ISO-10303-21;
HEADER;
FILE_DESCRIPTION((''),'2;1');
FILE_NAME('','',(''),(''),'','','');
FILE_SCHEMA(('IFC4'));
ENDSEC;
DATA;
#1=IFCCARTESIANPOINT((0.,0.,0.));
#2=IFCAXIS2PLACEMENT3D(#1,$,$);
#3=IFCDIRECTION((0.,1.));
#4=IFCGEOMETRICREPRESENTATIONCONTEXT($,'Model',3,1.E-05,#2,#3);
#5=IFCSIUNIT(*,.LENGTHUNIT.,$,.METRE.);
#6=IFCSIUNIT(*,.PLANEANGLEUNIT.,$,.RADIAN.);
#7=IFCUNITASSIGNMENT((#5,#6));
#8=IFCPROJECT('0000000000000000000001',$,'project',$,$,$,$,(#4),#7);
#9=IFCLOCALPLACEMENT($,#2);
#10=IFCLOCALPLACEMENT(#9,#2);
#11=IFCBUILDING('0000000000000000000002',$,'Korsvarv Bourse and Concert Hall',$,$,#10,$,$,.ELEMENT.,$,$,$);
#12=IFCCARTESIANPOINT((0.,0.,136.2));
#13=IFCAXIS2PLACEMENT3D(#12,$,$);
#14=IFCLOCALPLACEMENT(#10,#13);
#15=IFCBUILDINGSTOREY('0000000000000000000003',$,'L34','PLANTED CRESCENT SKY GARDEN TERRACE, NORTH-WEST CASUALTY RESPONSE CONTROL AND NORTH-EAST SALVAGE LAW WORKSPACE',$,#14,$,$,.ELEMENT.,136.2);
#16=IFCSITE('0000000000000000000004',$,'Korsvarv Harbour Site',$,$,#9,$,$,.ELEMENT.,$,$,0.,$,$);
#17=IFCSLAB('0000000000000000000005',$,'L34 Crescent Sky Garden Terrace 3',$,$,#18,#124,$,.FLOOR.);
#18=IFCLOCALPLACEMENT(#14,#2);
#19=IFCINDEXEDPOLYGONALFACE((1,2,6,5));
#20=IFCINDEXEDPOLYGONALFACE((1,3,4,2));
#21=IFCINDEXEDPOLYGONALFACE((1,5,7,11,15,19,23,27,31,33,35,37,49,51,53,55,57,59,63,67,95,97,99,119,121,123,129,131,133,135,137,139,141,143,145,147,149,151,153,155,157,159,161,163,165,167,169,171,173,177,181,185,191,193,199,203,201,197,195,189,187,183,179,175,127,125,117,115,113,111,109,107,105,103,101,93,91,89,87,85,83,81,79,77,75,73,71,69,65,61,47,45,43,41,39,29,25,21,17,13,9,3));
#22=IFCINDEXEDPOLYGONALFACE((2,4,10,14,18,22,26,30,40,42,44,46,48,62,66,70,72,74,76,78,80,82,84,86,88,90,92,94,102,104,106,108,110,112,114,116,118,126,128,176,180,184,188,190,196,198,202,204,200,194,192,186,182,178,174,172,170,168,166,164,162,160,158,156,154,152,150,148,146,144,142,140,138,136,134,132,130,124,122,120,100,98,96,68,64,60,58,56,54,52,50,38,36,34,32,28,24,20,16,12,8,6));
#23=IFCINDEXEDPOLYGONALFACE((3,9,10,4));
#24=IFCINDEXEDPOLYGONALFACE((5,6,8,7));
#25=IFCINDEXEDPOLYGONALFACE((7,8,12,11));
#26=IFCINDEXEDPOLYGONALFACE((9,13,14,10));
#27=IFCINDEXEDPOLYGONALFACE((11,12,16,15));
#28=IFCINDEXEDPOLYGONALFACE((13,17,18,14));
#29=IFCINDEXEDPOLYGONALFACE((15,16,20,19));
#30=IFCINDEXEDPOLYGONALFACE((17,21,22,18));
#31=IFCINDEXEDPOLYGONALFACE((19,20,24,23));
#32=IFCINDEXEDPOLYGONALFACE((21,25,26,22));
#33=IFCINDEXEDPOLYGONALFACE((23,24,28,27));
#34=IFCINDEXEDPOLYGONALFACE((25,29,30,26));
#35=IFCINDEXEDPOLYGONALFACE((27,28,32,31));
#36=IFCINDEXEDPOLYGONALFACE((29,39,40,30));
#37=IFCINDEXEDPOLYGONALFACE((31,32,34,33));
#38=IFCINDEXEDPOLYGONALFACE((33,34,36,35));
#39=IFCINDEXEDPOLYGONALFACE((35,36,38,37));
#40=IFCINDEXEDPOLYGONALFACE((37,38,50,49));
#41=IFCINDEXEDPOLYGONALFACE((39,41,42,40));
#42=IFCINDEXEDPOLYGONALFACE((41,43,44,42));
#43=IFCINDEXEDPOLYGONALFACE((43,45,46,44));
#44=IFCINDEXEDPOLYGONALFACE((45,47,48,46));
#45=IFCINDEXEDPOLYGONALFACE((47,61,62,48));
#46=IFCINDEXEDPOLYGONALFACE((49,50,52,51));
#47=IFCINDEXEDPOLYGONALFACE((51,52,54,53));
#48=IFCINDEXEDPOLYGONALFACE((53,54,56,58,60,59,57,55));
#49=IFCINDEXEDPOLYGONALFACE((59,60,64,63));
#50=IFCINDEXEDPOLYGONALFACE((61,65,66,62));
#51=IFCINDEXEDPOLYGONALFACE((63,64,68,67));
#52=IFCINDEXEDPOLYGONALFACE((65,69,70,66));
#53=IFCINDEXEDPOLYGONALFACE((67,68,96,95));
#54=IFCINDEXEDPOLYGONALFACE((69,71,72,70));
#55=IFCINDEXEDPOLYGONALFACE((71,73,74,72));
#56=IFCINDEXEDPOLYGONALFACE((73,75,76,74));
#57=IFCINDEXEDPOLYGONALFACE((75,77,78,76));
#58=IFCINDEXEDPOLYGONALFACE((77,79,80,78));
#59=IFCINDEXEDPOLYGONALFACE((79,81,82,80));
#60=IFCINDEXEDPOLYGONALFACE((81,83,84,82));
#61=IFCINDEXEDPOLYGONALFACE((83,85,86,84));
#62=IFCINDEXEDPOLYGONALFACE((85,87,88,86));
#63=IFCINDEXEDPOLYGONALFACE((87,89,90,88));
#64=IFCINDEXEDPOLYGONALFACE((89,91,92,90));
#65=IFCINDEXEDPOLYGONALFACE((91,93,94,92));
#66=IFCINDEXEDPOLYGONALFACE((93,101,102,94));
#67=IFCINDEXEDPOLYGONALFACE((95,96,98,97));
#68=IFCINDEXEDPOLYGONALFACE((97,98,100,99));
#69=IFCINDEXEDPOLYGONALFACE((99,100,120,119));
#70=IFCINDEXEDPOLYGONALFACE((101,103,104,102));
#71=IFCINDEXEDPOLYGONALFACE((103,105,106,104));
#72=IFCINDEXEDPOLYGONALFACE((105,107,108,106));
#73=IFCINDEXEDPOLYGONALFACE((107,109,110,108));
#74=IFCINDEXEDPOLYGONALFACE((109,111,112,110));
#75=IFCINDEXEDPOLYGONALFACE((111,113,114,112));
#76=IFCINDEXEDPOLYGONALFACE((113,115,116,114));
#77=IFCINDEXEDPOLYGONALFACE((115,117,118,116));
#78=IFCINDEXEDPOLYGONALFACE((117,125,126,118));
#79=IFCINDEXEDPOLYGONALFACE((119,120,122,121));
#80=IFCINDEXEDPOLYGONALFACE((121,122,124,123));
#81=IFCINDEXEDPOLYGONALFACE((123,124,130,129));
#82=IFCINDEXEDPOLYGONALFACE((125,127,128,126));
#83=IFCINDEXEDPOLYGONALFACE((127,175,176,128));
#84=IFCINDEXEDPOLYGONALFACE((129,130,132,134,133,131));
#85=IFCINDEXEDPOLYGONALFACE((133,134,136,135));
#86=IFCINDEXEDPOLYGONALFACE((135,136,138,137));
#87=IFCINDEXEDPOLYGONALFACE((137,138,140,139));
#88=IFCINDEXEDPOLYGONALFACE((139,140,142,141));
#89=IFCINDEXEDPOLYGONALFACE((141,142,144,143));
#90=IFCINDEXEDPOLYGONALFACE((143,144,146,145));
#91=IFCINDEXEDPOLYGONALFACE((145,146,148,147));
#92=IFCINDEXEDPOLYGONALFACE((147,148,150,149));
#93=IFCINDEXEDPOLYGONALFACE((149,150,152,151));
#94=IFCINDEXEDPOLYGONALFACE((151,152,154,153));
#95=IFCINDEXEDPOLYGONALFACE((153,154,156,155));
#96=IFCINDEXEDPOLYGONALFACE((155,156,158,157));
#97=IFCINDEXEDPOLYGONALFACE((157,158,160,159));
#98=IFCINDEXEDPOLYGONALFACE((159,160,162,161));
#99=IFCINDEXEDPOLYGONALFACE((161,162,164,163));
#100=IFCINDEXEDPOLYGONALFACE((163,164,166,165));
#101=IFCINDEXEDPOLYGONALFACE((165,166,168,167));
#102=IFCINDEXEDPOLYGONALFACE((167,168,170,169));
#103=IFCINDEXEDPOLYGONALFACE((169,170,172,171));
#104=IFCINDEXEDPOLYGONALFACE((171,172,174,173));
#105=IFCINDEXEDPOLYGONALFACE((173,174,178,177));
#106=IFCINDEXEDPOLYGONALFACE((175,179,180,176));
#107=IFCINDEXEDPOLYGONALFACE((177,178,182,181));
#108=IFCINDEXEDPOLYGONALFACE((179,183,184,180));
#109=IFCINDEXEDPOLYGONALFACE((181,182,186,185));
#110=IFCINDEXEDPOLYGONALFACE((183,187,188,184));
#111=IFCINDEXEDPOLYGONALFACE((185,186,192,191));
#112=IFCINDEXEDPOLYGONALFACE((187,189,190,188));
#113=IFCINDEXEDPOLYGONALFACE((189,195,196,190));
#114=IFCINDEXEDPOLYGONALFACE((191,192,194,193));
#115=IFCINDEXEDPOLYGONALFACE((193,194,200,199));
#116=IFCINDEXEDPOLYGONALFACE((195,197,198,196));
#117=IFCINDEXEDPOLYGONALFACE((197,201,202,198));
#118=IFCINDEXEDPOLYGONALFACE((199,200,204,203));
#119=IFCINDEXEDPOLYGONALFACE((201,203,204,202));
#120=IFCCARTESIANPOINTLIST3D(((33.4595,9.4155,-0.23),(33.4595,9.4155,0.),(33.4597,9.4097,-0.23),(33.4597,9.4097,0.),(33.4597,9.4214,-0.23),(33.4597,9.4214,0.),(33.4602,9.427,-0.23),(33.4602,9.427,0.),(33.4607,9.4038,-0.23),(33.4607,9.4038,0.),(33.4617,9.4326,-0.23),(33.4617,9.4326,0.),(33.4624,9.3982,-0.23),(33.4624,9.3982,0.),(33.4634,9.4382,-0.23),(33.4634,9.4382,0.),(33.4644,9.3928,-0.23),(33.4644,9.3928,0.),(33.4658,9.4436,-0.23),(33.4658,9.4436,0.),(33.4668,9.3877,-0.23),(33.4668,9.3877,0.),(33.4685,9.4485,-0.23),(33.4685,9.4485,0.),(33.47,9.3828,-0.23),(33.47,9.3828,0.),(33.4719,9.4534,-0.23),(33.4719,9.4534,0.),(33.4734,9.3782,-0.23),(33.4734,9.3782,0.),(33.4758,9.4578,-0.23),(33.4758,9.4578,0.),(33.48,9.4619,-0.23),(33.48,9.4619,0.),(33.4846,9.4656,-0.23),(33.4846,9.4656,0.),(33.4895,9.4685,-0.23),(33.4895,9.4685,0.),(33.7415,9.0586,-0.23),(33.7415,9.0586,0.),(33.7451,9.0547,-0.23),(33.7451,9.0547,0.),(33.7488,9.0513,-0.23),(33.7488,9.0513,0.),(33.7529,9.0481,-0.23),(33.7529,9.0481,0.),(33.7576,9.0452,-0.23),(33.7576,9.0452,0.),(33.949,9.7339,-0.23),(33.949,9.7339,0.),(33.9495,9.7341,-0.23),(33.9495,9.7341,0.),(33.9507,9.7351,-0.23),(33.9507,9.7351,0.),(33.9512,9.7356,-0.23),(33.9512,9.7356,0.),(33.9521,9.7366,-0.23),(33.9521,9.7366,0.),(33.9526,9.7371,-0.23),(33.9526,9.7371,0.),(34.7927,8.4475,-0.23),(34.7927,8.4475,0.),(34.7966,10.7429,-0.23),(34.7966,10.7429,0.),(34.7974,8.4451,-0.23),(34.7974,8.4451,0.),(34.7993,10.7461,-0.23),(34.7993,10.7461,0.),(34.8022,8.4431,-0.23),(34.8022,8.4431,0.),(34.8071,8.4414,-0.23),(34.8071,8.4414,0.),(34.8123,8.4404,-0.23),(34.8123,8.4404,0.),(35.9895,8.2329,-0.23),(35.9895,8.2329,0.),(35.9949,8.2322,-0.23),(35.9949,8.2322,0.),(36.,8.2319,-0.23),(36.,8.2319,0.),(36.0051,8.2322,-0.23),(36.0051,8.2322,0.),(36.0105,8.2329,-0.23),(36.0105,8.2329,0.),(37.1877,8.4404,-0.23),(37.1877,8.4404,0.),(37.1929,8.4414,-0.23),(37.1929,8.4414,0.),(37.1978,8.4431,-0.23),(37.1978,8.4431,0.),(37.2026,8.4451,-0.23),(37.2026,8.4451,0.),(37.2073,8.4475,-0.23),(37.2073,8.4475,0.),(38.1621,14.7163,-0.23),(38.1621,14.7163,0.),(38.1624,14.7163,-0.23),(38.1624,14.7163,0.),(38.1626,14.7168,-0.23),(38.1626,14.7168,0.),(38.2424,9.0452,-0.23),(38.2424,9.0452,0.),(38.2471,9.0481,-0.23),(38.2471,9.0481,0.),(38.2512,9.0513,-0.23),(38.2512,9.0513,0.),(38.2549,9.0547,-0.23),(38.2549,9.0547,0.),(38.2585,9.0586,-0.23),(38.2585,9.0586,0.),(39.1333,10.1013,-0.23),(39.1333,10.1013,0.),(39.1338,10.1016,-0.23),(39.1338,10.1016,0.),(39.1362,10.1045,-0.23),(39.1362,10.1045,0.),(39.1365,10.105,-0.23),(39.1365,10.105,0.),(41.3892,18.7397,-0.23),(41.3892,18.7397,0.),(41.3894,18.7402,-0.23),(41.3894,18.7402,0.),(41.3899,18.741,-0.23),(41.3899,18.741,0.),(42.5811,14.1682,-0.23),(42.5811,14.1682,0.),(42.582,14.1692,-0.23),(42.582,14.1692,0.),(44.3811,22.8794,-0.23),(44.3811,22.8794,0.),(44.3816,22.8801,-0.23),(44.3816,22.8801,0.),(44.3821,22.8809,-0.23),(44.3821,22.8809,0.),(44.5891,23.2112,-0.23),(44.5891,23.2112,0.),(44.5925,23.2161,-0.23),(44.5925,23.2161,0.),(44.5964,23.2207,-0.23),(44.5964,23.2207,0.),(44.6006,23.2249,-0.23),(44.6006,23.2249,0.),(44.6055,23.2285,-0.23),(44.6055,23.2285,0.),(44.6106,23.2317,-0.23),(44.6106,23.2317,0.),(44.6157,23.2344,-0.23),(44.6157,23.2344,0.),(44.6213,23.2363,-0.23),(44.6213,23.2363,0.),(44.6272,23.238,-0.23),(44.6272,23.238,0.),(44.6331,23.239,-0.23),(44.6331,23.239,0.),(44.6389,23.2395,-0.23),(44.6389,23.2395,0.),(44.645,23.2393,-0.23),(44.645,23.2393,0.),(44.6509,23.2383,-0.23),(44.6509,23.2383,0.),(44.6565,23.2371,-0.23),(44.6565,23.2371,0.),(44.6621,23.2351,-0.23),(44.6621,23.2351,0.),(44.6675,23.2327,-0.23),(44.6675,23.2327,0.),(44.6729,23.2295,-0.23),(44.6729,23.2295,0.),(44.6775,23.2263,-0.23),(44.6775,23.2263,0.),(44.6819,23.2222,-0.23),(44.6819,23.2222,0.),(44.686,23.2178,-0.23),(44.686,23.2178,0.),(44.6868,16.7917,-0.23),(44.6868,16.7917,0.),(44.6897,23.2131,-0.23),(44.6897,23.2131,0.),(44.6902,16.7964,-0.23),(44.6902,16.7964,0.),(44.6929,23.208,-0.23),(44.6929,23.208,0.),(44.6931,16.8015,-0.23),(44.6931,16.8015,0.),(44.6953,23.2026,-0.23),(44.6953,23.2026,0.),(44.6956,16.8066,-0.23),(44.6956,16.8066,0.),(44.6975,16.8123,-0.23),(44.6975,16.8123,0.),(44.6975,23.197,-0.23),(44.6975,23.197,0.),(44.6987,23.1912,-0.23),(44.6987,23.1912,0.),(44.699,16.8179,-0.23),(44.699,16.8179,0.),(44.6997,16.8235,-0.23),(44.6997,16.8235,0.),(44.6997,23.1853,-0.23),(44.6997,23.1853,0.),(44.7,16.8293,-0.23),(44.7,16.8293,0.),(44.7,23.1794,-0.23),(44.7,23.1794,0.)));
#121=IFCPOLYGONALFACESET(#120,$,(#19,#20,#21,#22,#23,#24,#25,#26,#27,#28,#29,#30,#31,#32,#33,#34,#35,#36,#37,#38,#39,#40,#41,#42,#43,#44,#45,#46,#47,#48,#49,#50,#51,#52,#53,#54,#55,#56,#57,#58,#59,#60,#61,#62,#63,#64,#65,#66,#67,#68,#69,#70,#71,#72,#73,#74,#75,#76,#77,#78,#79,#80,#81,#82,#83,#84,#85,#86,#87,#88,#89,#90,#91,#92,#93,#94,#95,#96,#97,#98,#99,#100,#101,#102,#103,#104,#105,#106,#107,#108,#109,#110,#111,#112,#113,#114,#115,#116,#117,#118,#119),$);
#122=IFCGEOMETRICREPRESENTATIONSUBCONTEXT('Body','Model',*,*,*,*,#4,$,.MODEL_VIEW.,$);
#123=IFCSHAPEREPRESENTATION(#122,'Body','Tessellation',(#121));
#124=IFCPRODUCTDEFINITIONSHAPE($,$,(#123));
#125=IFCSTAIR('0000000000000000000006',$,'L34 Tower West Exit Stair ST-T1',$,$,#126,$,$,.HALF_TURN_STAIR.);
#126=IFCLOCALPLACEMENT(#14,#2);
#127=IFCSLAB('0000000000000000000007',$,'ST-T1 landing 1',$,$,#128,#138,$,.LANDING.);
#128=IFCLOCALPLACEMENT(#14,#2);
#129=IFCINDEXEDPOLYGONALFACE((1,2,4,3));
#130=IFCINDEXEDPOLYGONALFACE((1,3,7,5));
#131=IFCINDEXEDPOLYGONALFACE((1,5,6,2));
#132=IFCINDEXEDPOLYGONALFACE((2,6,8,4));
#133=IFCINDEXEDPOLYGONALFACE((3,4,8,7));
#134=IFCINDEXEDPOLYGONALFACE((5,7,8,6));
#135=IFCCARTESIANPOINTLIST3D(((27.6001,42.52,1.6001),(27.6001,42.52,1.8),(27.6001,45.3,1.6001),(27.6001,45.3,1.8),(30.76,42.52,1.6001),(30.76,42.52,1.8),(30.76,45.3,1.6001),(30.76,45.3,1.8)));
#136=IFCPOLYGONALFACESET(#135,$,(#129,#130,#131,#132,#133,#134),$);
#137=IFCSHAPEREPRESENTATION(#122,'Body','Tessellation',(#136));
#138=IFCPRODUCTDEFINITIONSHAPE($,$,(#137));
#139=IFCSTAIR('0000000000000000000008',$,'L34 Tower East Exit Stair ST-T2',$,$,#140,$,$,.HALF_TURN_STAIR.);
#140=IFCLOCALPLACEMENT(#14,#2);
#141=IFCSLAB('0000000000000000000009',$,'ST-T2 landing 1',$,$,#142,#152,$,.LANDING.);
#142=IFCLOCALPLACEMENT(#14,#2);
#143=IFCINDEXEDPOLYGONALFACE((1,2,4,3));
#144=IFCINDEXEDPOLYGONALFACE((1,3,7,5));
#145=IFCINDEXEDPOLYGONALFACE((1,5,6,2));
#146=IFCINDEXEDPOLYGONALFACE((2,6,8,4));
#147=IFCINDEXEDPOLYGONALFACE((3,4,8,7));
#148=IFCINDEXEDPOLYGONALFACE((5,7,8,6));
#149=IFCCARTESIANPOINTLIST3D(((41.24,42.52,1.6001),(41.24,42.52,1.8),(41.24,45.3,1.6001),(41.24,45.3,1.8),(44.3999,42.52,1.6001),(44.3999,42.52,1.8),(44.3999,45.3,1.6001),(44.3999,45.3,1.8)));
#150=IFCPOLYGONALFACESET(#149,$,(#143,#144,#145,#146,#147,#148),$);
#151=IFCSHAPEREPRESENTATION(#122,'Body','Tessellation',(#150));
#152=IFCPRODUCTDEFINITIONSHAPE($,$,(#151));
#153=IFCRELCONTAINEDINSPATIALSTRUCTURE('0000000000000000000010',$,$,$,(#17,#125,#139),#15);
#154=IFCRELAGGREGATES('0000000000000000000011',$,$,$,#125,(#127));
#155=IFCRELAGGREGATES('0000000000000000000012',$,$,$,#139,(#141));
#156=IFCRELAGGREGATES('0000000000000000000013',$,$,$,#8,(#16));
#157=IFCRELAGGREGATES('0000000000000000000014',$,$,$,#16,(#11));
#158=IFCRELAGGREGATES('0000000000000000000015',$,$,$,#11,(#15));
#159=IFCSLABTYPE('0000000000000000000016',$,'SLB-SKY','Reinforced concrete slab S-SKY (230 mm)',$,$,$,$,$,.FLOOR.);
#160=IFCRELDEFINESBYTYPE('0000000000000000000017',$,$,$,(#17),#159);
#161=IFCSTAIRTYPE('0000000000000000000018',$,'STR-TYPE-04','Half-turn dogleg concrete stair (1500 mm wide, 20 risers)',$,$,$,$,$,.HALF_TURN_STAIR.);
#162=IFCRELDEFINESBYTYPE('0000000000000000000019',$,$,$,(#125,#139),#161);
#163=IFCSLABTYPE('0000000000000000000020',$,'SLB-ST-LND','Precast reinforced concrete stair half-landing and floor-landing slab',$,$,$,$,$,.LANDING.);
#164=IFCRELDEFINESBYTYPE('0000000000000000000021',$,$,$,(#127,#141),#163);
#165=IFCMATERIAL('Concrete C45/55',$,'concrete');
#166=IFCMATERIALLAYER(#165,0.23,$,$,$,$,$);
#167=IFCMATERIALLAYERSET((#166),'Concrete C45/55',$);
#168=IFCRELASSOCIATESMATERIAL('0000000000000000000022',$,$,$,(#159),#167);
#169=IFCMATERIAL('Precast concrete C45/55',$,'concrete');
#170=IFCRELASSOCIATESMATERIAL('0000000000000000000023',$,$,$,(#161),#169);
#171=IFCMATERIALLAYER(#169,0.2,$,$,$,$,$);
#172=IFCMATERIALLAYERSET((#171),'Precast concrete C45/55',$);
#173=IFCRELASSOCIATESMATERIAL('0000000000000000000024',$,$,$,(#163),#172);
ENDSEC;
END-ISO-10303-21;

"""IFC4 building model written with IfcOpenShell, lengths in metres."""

from ifc_helpers import new_model, si_unit, direction, frame, origin, place, context, subcontext, project, spatial, polyline, outline, extrude, material, layer, layer_set, type_object, element, aggregate, save


model = new_model("IFC4")

# Units and contexts
model_context = context("Model", 3, precision=1e-05, world=origin(), true_north=direction((0.0, 1.0)))
body_context = subcontext(model_context, "Body", "Model", "MODEL_VIEW")
ifc_project = project(units=[si_unit("LENGTHUNIT", "METRE"), si_unit("PLANEANGLEUNIT", "RADIAN")], contexts=[model_context])

# Site, building, storey
site_placement = place(None, origin())
site = spatial("IfcSite", under=ifc_project, at=site_placement, Name="Korsvarv Harbour Site", CompositionType="ELEMENT", RefElevation=0.0)
building_placement = place(site_placement, origin())
building = spatial("IfcBuilding", under=site, at=building_placement, Name="Korsvarv Bourse and Concert Hall", CompositionType="ELEMENT")
storey_placement = place(building_placement, frame((0.0, 0.0, 136.2)))
storey = spatial("IfcBuildingStorey", under=building, at=storey_placement, Name="L34", Description="PLANTED CRESCENT SKY GARDEN TERRACE, NORTH-WEST CASUALTY RESPONSE CONTROL AND NORTH-EAST SALVAGE LAW WORKSPACE", CompositionType="ELEMENT", Elevation=136.2)

# Slab
ifc_material_1 = material(Name="Precast concrete C45/55", Category="concrete")
ifc_material_2 = material(Name="Concrete C45/55", Category="concrete")
ifc_layer_1 = layer(ifc_material_2, 0.23)
ifc_layer_set_1 = layer_set([ifc_layer_1], Name="Concrete C45/55")
slab_type_1 = type_object("IfcSlabType", Name="SLB-SKY", Description="Reinforced concrete slab S-SKY (230 mm)", PredefinedType="FLOOR", material=ifc_layer_set_1)
slab_1_placement = place(storey_placement, frame((0.0, 0.0, -0.23)))
element("IfcSlab", 1, at=slab_1_placement, inside=storey, type_object=slab_type_1, Name="L34 Crescent Sky Garden Terrace 3", PredefinedType="FLOOR", context=body_context, shape_type="SweptSolid", body=[
    extrude(outline(polyline([(33.9495, 9.7341), (33.9507, 9.7351), (33.9512, 9.7356), (33.9521, 9.7366), (33.9526, 9.7371), (34.7966, 10.7429), (34.7966, 10.7429), (34.7993, 10.7461), (34.7993, 10.7461), (38.1621, 14.7163), (38.1624, 14.7163), (38.1626, 14.7168), (41.3892, 18.7397), (41.3894, 18.7402), (41.3899, 18.741), (44.3811, 22.8794), (44.3816, 22.8801), (44.3821, 22.8809), (44.5891, 23.2112), (44.5925, 23.2161), (44.5964, 23.2207), (44.6006, 23.2249), (44.6055, 23.2285), (44.6106, 23.2317), (44.6157, 23.2344), (44.6213, 23.2363), (44.6272, 23.238), (44.6331, 23.239), (44.6389, 23.2395), (44.645, 23.2393), (44.6509, 23.2383), (44.6565, 23.2371), (44.6621, 23.2351), (44.6675, 23.2327), (44.6729, 23.2295), (44.6775, 23.2263), (44.6819, 23.2222), (44.686, 23.2178), (44.6897, 23.2131), (44.6929, 23.208), (44.6953, 23.2026), (44.6975, 23.197), (44.6987, 23.1912), (44.6997, 23.1853), (44.7, 23.1794), (44.7, 16.8293), (44.6997, 16.8235), (44.699, 16.8179), (44.6975, 16.8123), (44.6956, 16.8066), (44.6931, 16.8015), (44.6902, 16.7964), (44.6868, 16.7917), (42.582, 14.1692), (42.5811, 14.1682), (39.1365, 10.105), (39.1362, 10.1045), (39.1338, 10.1016), (39.1333, 10.1013), (38.2585, 9.0586), (38.2549, 9.0547), (38.2512, 9.0513), (38.2471, 9.0481), (38.2424, 9.0452), (37.2073, 8.4475), (37.2026, 8.4451), (37.1978, 8.4431), (37.1929, 8.4414), (37.1877, 8.4404), (36.0105, 8.2329), (36.0051, 8.2322), (36.0, 8.2319), (35.9949, 8.2322), (35.9895, 8.2329), (34.8123, 8.4404), (34.8071, 8.4414), (34.8022, 8.4431), (34.7974, 8.4451), (34.7927, 8.4475), (33.7576, 9.0452), (33.7529, 9.0481), (33.7488, 9.0513), (33.7451, 9.0547), (33.7415, 9.0586), (33.4734, 9.3782), (33.47, 9.3828), (33.4668, 9.3877), (33.4644, 9.3928), (33.4624, 9.3982), (33.4607, 9.4038), (33.4597, 9.4097), (33.4595, 9.4155), (33.4597, 9.4214), (33.4602, 9.427), (33.4617, 9.4326), (33.4634, 9.4382), (33.4658, 9.4436), (33.4685, 9.4485), (33.4719, 9.4534), (33.4758, 9.4578), (33.48, 9.4619), (33.4846, 9.4656), (33.4895, 9.4685), (33.949, 9.7339), (33.9495, 9.7341)])), origin(), (0.0, 0.0, 1.0), 0.23),
])

# Stairs, slabs
stair_type = type_object("IfcStairType", Name="STR-TYPE-04", Description="Half-turn dogleg concrete stair (1500 mm wide, 20 risers)", PredefinedType="HALF_TURN_STAIR", material=ifc_material_1)
stair_1_placement = place(storey_placement, origin())
stair_1 = element("IfcStair", 2, at=stair_1_placement, inside=storey, type_object=stair_type, Name="L34 Tower West Exit Stair ST-T1", PredefinedType="HALF_TURN_STAIR")
ifc_layer_2 = layer(ifc_material_1, 0.2)
ifc_layer_set_2 = layer_set([ifc_layer_2], Name="Precast concrete C45/55")
slab_type_2 = type_object("IfcSlabType", Name="SLB-ST-LND", Description="Precast reinforced concrete stair half-landing and floor-landing slab", PredefinedType="LANDING", material=ifc_layer_set_2)
slab_2_placement = place(storey_placement, frame((0.0, 0.0, 1.6001)))
slab_2 = element("IfcSlab", 3, at=slab_2_placement, type_object=slab_type_2, Name="ST-T1 landing 1", PredefinedType="LANDING", context=body_context, shape_type="SweptSolid", body=[
    extrude(outline(polyline([(30.76, 42.52), (30.76, 45.3), (27.6001, 45.3), (27.6001, 42.52), (30.76, 42.52)])), origin(), (0.0, 0.0, 1.0), 0.2),
])
aggregate(stair_1, [slab_2])
stair_2_placement = place(storey_placement, origin())
stair_2 = element("IfcStair", 4, at=stair_2_placement, inside=storey, type_object=stair_type, Name="L34 Tower East Exit Stair ST-T2", PredefinedType="HALF_TURN_STAIR")
slab_3_placement = place(storey_placement, frame((0.0, 0.0, 1.6001)))
slab_3 = element("IfcSlab", 5, at=slab_3_placement, type_object=slab_type_2, Name="ST-T2 landing 1", PredefinedType="LANDING", context=body_context, shape_type="SweptSolid", body=[
    extrude(outline(polyline([(44.3999, 42.52), (44.3999, 45.3), (41.24, 45.3), (41.24, 42.52), (44.3999, 42.52)])), origin(), (0.0, 0.0, 1.0), 0.2),
])
aggregate(stair_2, [slab_3])

save(model, "model.ifc")
